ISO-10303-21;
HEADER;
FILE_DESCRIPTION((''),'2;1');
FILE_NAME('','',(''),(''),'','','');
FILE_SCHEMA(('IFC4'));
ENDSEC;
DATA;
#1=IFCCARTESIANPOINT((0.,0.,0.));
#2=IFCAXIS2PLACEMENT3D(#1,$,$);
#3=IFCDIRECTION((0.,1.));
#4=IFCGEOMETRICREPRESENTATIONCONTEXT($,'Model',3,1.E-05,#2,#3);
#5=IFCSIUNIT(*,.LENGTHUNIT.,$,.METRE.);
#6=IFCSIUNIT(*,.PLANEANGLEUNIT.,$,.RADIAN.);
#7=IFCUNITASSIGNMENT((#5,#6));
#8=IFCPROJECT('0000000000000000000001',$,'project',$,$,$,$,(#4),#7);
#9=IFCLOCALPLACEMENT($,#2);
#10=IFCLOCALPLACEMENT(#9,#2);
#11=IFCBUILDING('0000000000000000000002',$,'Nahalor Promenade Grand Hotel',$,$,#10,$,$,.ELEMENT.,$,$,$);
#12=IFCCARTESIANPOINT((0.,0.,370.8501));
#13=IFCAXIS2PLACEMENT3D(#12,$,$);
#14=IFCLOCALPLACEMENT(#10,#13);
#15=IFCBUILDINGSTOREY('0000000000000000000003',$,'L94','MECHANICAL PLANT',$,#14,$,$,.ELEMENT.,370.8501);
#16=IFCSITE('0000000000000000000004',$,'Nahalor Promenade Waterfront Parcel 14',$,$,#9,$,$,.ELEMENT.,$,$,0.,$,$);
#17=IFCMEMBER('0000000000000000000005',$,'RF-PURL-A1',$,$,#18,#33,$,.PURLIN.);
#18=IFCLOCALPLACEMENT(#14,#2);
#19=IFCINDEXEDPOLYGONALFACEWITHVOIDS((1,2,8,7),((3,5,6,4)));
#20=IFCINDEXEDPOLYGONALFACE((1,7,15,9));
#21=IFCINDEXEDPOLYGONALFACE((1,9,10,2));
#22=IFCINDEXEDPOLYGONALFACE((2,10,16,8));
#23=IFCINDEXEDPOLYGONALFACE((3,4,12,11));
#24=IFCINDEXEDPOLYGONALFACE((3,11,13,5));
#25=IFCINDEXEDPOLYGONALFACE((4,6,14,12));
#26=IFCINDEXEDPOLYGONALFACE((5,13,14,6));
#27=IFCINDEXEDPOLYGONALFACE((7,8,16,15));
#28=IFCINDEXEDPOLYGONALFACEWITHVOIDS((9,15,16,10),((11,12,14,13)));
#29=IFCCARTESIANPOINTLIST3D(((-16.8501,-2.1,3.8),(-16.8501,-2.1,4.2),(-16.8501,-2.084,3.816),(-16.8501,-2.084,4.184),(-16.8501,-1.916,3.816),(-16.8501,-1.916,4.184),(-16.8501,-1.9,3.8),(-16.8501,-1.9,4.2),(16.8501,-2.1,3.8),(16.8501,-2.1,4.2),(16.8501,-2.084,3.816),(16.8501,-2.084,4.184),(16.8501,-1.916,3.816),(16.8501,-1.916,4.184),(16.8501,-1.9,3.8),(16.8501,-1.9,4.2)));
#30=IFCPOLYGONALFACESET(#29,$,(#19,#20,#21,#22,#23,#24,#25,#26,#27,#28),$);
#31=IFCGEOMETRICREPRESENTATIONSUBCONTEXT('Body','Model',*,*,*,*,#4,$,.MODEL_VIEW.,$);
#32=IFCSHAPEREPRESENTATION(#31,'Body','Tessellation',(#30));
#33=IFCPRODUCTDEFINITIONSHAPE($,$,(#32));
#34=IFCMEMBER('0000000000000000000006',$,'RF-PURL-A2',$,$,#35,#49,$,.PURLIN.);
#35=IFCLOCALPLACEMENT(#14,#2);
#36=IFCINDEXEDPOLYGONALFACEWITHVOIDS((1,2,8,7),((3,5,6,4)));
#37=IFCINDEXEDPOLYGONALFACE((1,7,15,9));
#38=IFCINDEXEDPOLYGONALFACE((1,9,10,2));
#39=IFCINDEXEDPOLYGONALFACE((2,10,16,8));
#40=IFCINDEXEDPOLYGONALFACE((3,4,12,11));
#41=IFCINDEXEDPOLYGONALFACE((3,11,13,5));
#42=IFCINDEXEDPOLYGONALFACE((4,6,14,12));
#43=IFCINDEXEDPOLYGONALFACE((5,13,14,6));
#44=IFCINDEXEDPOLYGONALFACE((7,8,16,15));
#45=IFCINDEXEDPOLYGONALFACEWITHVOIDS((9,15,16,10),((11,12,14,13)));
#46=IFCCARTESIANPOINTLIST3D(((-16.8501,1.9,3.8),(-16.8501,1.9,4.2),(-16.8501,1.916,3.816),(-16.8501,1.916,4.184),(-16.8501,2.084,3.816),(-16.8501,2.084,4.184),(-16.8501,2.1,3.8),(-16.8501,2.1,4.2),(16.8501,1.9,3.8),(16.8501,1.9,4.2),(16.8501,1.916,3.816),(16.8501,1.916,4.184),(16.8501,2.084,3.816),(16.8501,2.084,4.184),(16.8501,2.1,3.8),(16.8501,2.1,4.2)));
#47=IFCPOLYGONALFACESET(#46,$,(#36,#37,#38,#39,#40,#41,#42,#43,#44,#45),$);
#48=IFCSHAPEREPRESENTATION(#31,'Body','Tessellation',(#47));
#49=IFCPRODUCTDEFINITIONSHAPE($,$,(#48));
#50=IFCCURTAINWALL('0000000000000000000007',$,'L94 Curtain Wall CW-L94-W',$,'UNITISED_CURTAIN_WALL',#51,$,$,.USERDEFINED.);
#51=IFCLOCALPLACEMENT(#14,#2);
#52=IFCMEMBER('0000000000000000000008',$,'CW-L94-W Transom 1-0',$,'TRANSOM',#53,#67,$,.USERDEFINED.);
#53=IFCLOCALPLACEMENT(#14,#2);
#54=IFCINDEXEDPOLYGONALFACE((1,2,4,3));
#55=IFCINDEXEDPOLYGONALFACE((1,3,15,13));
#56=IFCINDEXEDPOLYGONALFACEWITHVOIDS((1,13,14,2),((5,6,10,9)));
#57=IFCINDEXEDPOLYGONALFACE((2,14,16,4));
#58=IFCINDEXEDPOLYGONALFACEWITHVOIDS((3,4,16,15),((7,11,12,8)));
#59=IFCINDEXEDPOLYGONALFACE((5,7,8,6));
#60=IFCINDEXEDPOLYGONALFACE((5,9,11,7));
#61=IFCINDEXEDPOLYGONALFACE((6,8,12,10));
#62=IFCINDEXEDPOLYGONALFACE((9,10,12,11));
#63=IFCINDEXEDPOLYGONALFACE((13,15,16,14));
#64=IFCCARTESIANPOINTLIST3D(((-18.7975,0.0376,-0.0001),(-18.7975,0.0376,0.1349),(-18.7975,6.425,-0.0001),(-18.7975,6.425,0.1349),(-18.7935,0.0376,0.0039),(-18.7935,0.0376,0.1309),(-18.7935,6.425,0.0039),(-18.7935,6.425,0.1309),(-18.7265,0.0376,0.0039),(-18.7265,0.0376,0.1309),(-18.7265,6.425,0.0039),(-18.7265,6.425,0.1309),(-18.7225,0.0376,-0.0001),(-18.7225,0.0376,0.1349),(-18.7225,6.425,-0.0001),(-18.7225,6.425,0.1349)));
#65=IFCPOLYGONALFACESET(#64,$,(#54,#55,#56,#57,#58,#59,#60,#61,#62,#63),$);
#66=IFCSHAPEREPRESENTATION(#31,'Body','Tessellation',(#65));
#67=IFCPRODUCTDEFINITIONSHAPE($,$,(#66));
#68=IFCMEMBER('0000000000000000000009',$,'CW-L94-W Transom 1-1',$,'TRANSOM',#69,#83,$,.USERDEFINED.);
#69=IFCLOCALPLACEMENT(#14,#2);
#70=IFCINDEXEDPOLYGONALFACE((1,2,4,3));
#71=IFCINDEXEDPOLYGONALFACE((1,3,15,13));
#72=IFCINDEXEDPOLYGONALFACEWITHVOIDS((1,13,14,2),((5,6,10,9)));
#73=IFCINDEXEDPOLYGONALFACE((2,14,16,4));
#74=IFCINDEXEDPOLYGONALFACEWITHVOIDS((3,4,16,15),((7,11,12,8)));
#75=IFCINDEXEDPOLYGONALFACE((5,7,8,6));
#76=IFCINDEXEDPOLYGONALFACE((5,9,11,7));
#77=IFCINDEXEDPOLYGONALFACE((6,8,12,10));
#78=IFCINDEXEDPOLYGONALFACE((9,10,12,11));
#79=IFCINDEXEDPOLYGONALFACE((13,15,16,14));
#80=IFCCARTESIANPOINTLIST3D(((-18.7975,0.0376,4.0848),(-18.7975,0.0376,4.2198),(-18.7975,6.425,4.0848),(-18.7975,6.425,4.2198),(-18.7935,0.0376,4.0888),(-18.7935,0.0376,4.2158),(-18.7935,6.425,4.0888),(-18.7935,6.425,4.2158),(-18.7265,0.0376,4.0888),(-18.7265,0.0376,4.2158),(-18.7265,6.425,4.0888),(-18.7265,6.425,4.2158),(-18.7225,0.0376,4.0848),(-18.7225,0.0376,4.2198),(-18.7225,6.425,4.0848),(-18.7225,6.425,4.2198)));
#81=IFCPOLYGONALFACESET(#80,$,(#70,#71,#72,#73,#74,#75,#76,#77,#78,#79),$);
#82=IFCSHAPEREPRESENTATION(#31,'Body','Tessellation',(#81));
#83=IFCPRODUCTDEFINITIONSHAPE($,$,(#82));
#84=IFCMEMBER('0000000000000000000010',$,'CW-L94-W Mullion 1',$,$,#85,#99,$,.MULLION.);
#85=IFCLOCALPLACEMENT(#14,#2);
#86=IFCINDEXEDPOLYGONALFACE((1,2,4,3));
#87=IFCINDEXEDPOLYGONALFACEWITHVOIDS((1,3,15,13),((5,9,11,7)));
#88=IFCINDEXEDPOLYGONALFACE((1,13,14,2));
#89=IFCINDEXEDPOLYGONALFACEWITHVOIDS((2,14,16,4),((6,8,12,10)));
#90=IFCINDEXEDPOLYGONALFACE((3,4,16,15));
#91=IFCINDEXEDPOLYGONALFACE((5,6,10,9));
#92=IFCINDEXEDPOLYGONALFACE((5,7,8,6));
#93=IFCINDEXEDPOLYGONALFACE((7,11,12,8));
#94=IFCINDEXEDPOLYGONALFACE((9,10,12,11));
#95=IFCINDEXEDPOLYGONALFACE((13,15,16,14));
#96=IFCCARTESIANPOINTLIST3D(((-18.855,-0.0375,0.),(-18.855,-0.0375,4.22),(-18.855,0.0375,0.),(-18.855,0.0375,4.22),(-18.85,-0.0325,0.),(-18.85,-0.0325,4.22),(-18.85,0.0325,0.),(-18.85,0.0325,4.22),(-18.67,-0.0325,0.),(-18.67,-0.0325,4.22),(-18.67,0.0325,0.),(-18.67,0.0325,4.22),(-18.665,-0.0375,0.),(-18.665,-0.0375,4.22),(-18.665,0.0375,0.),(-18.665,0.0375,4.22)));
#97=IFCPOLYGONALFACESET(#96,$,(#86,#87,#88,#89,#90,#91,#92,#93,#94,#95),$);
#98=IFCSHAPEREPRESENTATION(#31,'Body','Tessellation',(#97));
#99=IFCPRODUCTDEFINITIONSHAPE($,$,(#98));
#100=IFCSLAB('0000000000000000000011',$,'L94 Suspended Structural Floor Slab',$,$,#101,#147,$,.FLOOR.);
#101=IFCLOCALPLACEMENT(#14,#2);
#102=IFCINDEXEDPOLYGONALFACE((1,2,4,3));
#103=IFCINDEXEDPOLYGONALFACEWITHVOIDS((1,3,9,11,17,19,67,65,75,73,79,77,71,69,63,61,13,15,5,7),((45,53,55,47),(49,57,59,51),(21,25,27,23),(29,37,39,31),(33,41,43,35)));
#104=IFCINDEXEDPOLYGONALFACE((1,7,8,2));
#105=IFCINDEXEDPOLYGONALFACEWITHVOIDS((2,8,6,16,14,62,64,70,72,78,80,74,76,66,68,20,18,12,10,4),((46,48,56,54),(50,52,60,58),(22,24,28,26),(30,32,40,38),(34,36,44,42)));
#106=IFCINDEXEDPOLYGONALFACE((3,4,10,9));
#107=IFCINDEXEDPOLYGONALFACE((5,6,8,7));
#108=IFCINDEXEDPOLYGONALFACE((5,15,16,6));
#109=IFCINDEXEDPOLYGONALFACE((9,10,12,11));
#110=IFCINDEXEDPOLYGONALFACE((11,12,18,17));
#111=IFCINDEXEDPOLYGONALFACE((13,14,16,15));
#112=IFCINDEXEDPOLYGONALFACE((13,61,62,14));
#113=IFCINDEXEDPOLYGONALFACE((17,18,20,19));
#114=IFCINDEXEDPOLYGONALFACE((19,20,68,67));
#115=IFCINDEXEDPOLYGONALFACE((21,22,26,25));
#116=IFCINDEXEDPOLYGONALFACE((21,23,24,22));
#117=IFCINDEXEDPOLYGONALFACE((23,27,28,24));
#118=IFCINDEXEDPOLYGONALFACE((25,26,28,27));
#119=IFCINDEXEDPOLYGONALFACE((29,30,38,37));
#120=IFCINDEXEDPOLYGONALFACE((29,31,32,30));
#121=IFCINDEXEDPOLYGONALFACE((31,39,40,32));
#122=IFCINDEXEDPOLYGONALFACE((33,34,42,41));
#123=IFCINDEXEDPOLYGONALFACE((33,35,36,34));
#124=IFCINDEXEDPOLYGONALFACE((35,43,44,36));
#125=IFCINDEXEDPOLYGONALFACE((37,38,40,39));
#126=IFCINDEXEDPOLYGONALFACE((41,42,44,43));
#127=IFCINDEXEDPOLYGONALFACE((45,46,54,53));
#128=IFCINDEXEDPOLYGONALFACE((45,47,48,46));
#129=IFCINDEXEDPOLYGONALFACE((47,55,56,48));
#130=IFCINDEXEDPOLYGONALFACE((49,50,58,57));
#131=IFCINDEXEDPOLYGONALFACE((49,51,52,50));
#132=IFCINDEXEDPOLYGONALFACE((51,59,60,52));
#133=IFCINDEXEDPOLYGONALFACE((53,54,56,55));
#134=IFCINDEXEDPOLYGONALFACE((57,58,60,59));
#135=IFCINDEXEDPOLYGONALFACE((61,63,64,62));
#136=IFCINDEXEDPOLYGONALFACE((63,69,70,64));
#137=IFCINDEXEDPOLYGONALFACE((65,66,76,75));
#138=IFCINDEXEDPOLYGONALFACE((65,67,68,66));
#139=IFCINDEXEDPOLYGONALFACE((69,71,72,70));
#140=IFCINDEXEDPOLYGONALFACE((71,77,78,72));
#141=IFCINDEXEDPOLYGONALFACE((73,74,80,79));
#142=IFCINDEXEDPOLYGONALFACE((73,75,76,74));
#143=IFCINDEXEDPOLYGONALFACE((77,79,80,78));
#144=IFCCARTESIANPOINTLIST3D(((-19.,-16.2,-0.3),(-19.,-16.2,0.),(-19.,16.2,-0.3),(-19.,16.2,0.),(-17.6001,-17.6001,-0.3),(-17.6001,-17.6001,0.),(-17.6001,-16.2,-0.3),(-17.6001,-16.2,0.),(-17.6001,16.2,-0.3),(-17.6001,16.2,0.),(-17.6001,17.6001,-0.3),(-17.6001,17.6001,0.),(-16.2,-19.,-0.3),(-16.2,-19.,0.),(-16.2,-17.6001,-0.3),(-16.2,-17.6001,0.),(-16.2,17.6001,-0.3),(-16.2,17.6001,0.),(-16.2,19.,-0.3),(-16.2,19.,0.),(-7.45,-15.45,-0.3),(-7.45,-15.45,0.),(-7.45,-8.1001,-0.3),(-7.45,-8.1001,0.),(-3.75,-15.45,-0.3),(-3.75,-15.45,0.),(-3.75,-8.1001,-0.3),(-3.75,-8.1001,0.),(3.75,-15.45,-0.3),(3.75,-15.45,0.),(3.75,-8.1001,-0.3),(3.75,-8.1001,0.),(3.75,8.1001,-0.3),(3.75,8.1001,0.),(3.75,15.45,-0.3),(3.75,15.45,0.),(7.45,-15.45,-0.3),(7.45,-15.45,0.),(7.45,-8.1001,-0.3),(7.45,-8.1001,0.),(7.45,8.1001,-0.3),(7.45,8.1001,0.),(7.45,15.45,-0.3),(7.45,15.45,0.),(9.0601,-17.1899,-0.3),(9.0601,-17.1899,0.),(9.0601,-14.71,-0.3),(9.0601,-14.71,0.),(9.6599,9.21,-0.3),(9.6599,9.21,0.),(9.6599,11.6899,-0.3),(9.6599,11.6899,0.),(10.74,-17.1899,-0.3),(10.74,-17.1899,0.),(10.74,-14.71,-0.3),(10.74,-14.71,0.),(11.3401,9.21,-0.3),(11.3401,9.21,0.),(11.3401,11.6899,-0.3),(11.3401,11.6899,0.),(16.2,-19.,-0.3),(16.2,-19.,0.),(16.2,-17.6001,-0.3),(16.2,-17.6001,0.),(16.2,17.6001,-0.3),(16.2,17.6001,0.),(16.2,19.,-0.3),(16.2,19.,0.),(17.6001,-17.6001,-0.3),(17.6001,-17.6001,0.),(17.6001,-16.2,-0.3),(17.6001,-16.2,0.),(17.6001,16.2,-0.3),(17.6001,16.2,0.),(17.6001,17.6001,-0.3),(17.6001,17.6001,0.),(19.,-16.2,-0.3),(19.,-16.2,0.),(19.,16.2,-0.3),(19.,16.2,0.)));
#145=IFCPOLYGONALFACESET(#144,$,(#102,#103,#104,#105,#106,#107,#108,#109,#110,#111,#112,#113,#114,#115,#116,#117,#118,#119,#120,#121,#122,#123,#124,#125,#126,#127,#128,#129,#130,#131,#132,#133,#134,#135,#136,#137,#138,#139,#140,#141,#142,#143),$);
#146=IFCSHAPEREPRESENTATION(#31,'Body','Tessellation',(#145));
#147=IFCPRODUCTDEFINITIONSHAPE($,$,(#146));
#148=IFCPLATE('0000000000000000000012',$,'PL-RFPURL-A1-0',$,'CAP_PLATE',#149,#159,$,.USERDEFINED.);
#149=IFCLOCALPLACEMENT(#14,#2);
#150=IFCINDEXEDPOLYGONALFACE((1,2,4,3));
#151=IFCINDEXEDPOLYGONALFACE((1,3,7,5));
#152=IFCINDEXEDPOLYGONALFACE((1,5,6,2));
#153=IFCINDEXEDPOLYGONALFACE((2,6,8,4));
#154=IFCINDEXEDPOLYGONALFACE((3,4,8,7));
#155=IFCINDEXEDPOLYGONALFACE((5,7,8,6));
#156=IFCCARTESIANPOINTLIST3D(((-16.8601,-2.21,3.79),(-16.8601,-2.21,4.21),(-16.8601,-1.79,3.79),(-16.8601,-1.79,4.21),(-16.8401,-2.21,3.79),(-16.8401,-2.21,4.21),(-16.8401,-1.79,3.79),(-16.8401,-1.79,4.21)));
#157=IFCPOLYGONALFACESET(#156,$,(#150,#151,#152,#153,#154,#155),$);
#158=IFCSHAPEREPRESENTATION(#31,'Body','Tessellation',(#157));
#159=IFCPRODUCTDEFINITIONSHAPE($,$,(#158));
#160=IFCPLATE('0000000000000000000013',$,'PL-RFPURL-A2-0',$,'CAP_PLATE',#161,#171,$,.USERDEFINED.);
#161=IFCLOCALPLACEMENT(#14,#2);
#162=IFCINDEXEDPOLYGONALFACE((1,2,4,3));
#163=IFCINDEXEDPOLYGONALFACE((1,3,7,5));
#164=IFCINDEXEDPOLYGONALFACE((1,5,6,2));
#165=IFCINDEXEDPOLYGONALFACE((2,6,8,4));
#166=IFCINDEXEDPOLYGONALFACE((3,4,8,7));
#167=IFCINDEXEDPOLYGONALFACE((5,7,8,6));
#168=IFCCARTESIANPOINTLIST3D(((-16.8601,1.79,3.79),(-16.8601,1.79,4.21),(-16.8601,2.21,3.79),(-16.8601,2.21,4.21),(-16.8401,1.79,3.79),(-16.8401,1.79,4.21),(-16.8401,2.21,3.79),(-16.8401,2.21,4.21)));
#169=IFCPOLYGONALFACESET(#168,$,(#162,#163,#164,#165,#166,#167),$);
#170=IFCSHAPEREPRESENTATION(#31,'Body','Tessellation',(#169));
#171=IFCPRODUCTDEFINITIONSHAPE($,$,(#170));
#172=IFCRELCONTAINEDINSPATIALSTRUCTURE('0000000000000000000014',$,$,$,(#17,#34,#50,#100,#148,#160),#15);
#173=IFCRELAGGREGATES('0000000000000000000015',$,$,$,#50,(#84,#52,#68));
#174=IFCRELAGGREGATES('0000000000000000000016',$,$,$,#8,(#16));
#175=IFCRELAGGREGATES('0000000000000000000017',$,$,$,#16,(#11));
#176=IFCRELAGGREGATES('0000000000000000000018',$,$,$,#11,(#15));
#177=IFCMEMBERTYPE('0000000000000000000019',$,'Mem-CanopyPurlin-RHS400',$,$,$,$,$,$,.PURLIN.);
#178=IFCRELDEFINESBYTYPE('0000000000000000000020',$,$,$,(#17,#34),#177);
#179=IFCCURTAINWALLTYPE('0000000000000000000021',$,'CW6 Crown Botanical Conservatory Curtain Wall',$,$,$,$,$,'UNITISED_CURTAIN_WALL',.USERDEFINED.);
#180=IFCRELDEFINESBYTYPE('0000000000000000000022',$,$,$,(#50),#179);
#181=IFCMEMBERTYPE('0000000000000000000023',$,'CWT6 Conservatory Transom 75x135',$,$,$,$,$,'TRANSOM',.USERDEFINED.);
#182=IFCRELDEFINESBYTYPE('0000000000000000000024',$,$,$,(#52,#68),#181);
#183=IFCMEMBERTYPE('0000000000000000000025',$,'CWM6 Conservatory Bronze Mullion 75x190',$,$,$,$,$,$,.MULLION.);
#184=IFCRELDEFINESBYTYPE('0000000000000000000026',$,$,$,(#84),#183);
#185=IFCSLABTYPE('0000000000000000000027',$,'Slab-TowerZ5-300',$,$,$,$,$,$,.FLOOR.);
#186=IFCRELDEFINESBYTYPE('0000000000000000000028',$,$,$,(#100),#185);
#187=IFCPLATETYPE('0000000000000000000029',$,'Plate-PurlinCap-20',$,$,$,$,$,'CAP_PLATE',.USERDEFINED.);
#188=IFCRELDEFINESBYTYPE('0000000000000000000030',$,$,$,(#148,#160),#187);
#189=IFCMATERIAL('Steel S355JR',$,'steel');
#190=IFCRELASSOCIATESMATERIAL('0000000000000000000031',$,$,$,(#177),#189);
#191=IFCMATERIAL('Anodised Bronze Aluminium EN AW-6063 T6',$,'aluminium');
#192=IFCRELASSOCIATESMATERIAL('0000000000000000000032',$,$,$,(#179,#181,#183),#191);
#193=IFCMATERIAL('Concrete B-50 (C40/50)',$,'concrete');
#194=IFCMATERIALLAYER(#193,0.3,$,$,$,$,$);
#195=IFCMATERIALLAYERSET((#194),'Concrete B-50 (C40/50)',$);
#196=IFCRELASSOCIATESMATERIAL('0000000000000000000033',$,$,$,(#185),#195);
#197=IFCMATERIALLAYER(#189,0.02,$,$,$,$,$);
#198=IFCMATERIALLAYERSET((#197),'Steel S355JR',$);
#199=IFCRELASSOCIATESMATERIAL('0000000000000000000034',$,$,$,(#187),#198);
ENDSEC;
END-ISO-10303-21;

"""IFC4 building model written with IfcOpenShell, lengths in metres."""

from ifc_helpers import new_model, si_unit, direction, frame, origin, origin_2d, place, context, subcontext, project, spatial, polyline, rectangle, hollow_rectangle, outline, extrude, source, transform, mapped, material, layer, layer_set, material_profile, profile_set, type_object, element, aggregate, save


model = new_model("IFC4")

# Units and contexts
model_context = context("Model", 3, precision=1e-05, world=origin(), true_north=direction((0.0, 1.0)))
body_context = subcontext(model_context, "Body", "Model", "MODEL_VIEW")
ifc_project = project(units=[si_unit("LENGTHUNIT", "METRE"), si_unit("PLANEANGLEUNIT", "RADIAN")], contexts=[model_context])

# Site, building, storey
site_placement = place(None, origin())
site = spatial("IfcSite", under=ifc_project, at=site_placement, Name="Nahalor Promenade Waterfront Parcel 14", CompositionType="ELEMENT", RefElevation=0.0)
building_placement = place(site_placement, origin())
building = spatial("IfcBuilding", under=site, at=building_placement, Name="Nahalor Promenade Grand Hotel", CompositionType="ELEMENT")
storey_placement = place(building_placement, frame((0.0, 0.0, 370.8501)))
storey = spatial("IfcBuildingStorey", under=building, at=storey_placement, Name="L94", Description="MECHANICAL PLANT", CompositionType="ELEMENT", Elevation=370.8501)

# Shared definitions
ifc_material_1 = material(Name="Concrete B-50 (C40/50)", Category="concrete")

# Shared definitions
ifc_material_2 = material(Name="Steel S355JR", Category="steel")

# Members
ifc_material_profile_1 = material_profile(ifc_material_2, hollow_rectangle(XDim=0.2, YDim=0.4, WallThickness=0.016, at=origin_2d()), Name="RHS 400x200x16")
ifc_profile_set_1 = profile_set([ifc_material_profile_1], Name="Steel S355JR")
member_type_1 = type_object("IfcMemberType", Name="Mem-CanopyPurlin-RHS400", PredefinedType="PURLIN", material=ifc_profile_set_1)
shared_shape_1 = source(origin(), body_context, "Body", "SweptSolid", [
    extrude(hollow_rectangle(XDim=0.2, YDim=0.4, WallThickness=0.016, at=origin_2d()), origin(), (0.0, 0.0, 1.0), 33.7002),
])
for number, where, z_axis, x_axis, name in (
    (1, (-16.8501, -2.0, 4.0), (1.0, 0.0, 0.0), (0.0, 1.0, 0.0), "RF-PURL-A1"),
    (2, (-16.8501, 2.0, 4.0), (1.0, 0.0, 0.0), (0.0, 1.0, 0.0), "RF-PURL-A2"),
):
    element("IfcMember", number, at=place(storey_placement, frame(where, z_axis=z_axis, x_axis=x_axis)), inside=storey, type_object=member_type_1, Name=name, PredefinedType="PURLIN", context=body_context, shape_type="MappedRepresentation", body=[
        mapped(shared_shape_1, transform((0.0, 0.0, 0.0), scale=1.0)),
    ])

# Curtain wall, members
ifc_material_3 = material(Name="Anodised Bronze Aluminium EN AW-6063 T6", Category="aluminium")
curtain_wall_type = type_object("IfcCurtainWallType", Name="CW6 Crown Botanical Conservatory Curtain Wall", ElementType="UNITISED_CURTAIN_WALL", PredefinedType="USERDEFINED", material=ifc_material_3)
curtain_wall_placement = place(storey_placement, origin())
curtain_wall = element("IfcCurtainWall", 3, at=curtain_wall_placement, inside=storey, type_object=curtain_wall_type, Name="L94 Curtain Wall CW-L94-W", ObjectType="UNITISED_CURTAIN_WALL", PredefinedType="USERDEFINED")
ifc_material_profile_2 = material_profile(ifc_material_3, hollow_rectangle(XDim=0.075, YDim=0.135, WallThickness=0.004, at=origin_2d()), Name="CWT 75x135x4")
ifc_profile_set_2 = profile_set([ifc_material_profile_2], Name="Anodised Bronze Aluminium EN AW-6063 T6")
member_type_2 = type_object("IfcMemberType", Name="CWT6 Conservatory Transom 75x135", ElementType="TRANSOM", PredefinedType="USERDEFINED", material=ifc_profile_set_2)
shared_shape_2 = source(origin(), body_context, "Body", "SweptSolid", [
    extrude(hollow_rectangle(XDim=0.075, YDim=0.135, WallThickness=0.004, at=origin_2d()), origin(), (0.0, 0.0, 1.0), 6.3875),
])
member_1_placement = place(storey_placement, frame((-18.76, 0.0376, 0.0674), z_axis=(0.0, 1.0, 0.0), x_axis=(-1.0, 0.0, 0.0)))
member_1 = element("IfcMember", 4, at=member_1_placement, type_object=member_type_2, Name="CW-L94-W Transom 1-0", ObjectType="TRANSOM", PredefinedType="USERDEFINED", context=body_context, shape_type="MappedRepresentation", body=[
    mapped(shared_shape_2, transform((0.0, 0.0, 0.0), scale=1.0)),
])
member_2_placement = place(storey_placement, frame((-18.76, 0.0376, 4.1523), z_axis=(0.0, 1.0, 0.0), x_axis=(-1.0, 0.0, 0.0)))
member_2 = element("IfcMember", 5, at=member_2_placement, type_object=member_type_2, Name="CW-L94-W Transom 1-1", ObjectType="TRANSOM", PredefinedType="USERDEFINED", context=body_context, shape_type="MappedRepresentation", body=[
    mapped(shared_shape_2, transform((0.0, 0.0, 0.0), scale=1.0)),
])
ifc_material_profile_3 = material_profile(ifc_material_3, hollow_rectangle(XDim=0.075, YDim=0.19, WallThickness=0.005, at=origin_2d()), Name="CWM 75x190x5")
ifc_profile_set_3 = profile_set([ifc_material_profile_3], Name="Anodised Bronze Aluminium EN AW-6063 T6")
member_type_3 = type_object("IfcMemberType", Name="CWM6 Conservatory Bronze Mullion 75x190", PredefinedType="MULLION", material=ifc_profile_set_3)
shared_shape_3 = source(origin(), body_context, "Body", "SweptSolid", [
    extrude(hollow_rectangle(XDim=0.075, YDim=0.19, WallThickness=0.005, at=origin_2d()), origin(), (0.0, 0.0, 1.0), 4.22),
])
member_3_placement = place(storey_placement, frame((-18.76, 0.0, 0.0), z_axis=(0.0, 0.0, 1.0), x_axis=(0.0, 1.0, 0.0)))
member_3 = element("IfcMember", 6, at=member_3_placement, type_object=member_type_3, Name="CW-L94-W Mullion 1", PredefinedType="MULLION", context=body_context, shape_type="MappedRepresentation", body=[
    mapped(shared_shape_3, transform((0.0, 0.0, 0.0), scale=1.0)),
])

# Slab
ifc_layer_1 = layer(ifc_material_1, 0.3)
ifc_layer_set_1 = layer_set([ifc_layer_1], Name="Concrete B-50 (C40/50)")
slab_type = type_object("IfcSlabType", Name="Slab-TowerZ5-300", PredefinedType="FLOOR", material=ifc_layer_set_1)
slab_placement = place(storey_placement, frame((0.0, 0.0, -0.3)))
element("IfcSlab", 7, at=slab_placement, inside=storey, type_object=slab_type, Name="L94 Suspended Structural Floor Slab", PredefinedType="FLOOR", context=body_context, shape_type="SweptSolid", body=[
    extrude(outline(polyline([(-16.2, -19.0), (16.2, -19.0), (16.2, -17.6001), (17.6001, -17.6001), (17.6001, -16.2), (19.0, -16.2), (19.0, 16.2), (17.6001, 16.2), (17.6001, 17.6001), (16.2, 17.6001), (16.2, 19.0), (-16.2, 19.0), (-16.2, 17.6001), (-17.6001, 17.6001), (-17.6001, 16.2), (-19.0, 16.2), (-19.0, -16.2), (-17.6001, -16.2), (-17.6001, -17.6001), (-16.2, -17.6001), (-16.2, -19.0)]), holes=[polyline([(3.75, 8.1001), (7.45, 8.1001), (7.45, 15.45), (3.75, 15.45), (3.75, 8.1001)]), polyline([(3.75, -15.45), (7.45, -15.45), (7.45, -8.1001), (3.75, -8.1001), (3.75, -15.45)]), polyline([(-7.45, -15.45), (-3.75, -15.45), (-3.75, -8.1001), (-7.45, -8.1001), (-7.45, -15.45)]), polyline([(9.6599, 9.21), (11.3401, 9.21), (11.3401, 11.6899), (9.6599, 11.6899), (9.6599, 9.21)]), polyline([(9.0601, -17.1899), (10.74, -17.1899), (10.74, -14.71), (9.0601, -14.71), (9.0601, -17.1899)])]), origin(), (0.0, 0.0, 1.0), 0.3),
])

# Plates
ifc_layer_2 = layer(ifc_material_2, 0.02)
ifc_layer_set_2 = layer_set([ifc_layer_2], Name="Steel S355JR")
plate_type_1 = type_object("IfcPlateType", Name="Plate-PurlinCap-20", ElementType="CAP_PLATE", PredefinedType="USERDEFINED", material=ifc_layer_set_2)
shared_shape_4 = source(origin(), body_context, "Body", "SweptSolid", [
    extrude(rectangle(XDim=0.4199, YDim=0.02, at=origin_2d()), origin(), (0.0, 0.0, 1.0), 0.4199),
])
for number, where, z_axis, x_axis, name in (
    (8, (-16.8501, -2.0, 3.79), (0.0, 0.0, 1.0), (0.0, 1.0, 0.0), "PL-RFPURL-A1-0"),
    (9, (-16.8501, 2.0, 3.79), (0.0, 0.0, 1.0), (0.0, 1.0, 0.0), "PL-RFPURL-A2-0"),
):
    element("IfcPlate", number, at=place(storey_placement, frame(where, z_axis=z_axis, x_axis=x_axis)), inside=storey, type_object=plate_type_1, Name=name, ObjectType="CAP_PLATE", PredefinedType="USERDEFINED", context=body_context, shape_type="MappedRepresentation", body=[
        mapped(shared_shape_4, transform((0.0, 0.0, 0.0), scale=1.0)),
    ])

aggregate(curtain_wall, [member_3, member_1, member_2])

save(model, "model.ifc")
